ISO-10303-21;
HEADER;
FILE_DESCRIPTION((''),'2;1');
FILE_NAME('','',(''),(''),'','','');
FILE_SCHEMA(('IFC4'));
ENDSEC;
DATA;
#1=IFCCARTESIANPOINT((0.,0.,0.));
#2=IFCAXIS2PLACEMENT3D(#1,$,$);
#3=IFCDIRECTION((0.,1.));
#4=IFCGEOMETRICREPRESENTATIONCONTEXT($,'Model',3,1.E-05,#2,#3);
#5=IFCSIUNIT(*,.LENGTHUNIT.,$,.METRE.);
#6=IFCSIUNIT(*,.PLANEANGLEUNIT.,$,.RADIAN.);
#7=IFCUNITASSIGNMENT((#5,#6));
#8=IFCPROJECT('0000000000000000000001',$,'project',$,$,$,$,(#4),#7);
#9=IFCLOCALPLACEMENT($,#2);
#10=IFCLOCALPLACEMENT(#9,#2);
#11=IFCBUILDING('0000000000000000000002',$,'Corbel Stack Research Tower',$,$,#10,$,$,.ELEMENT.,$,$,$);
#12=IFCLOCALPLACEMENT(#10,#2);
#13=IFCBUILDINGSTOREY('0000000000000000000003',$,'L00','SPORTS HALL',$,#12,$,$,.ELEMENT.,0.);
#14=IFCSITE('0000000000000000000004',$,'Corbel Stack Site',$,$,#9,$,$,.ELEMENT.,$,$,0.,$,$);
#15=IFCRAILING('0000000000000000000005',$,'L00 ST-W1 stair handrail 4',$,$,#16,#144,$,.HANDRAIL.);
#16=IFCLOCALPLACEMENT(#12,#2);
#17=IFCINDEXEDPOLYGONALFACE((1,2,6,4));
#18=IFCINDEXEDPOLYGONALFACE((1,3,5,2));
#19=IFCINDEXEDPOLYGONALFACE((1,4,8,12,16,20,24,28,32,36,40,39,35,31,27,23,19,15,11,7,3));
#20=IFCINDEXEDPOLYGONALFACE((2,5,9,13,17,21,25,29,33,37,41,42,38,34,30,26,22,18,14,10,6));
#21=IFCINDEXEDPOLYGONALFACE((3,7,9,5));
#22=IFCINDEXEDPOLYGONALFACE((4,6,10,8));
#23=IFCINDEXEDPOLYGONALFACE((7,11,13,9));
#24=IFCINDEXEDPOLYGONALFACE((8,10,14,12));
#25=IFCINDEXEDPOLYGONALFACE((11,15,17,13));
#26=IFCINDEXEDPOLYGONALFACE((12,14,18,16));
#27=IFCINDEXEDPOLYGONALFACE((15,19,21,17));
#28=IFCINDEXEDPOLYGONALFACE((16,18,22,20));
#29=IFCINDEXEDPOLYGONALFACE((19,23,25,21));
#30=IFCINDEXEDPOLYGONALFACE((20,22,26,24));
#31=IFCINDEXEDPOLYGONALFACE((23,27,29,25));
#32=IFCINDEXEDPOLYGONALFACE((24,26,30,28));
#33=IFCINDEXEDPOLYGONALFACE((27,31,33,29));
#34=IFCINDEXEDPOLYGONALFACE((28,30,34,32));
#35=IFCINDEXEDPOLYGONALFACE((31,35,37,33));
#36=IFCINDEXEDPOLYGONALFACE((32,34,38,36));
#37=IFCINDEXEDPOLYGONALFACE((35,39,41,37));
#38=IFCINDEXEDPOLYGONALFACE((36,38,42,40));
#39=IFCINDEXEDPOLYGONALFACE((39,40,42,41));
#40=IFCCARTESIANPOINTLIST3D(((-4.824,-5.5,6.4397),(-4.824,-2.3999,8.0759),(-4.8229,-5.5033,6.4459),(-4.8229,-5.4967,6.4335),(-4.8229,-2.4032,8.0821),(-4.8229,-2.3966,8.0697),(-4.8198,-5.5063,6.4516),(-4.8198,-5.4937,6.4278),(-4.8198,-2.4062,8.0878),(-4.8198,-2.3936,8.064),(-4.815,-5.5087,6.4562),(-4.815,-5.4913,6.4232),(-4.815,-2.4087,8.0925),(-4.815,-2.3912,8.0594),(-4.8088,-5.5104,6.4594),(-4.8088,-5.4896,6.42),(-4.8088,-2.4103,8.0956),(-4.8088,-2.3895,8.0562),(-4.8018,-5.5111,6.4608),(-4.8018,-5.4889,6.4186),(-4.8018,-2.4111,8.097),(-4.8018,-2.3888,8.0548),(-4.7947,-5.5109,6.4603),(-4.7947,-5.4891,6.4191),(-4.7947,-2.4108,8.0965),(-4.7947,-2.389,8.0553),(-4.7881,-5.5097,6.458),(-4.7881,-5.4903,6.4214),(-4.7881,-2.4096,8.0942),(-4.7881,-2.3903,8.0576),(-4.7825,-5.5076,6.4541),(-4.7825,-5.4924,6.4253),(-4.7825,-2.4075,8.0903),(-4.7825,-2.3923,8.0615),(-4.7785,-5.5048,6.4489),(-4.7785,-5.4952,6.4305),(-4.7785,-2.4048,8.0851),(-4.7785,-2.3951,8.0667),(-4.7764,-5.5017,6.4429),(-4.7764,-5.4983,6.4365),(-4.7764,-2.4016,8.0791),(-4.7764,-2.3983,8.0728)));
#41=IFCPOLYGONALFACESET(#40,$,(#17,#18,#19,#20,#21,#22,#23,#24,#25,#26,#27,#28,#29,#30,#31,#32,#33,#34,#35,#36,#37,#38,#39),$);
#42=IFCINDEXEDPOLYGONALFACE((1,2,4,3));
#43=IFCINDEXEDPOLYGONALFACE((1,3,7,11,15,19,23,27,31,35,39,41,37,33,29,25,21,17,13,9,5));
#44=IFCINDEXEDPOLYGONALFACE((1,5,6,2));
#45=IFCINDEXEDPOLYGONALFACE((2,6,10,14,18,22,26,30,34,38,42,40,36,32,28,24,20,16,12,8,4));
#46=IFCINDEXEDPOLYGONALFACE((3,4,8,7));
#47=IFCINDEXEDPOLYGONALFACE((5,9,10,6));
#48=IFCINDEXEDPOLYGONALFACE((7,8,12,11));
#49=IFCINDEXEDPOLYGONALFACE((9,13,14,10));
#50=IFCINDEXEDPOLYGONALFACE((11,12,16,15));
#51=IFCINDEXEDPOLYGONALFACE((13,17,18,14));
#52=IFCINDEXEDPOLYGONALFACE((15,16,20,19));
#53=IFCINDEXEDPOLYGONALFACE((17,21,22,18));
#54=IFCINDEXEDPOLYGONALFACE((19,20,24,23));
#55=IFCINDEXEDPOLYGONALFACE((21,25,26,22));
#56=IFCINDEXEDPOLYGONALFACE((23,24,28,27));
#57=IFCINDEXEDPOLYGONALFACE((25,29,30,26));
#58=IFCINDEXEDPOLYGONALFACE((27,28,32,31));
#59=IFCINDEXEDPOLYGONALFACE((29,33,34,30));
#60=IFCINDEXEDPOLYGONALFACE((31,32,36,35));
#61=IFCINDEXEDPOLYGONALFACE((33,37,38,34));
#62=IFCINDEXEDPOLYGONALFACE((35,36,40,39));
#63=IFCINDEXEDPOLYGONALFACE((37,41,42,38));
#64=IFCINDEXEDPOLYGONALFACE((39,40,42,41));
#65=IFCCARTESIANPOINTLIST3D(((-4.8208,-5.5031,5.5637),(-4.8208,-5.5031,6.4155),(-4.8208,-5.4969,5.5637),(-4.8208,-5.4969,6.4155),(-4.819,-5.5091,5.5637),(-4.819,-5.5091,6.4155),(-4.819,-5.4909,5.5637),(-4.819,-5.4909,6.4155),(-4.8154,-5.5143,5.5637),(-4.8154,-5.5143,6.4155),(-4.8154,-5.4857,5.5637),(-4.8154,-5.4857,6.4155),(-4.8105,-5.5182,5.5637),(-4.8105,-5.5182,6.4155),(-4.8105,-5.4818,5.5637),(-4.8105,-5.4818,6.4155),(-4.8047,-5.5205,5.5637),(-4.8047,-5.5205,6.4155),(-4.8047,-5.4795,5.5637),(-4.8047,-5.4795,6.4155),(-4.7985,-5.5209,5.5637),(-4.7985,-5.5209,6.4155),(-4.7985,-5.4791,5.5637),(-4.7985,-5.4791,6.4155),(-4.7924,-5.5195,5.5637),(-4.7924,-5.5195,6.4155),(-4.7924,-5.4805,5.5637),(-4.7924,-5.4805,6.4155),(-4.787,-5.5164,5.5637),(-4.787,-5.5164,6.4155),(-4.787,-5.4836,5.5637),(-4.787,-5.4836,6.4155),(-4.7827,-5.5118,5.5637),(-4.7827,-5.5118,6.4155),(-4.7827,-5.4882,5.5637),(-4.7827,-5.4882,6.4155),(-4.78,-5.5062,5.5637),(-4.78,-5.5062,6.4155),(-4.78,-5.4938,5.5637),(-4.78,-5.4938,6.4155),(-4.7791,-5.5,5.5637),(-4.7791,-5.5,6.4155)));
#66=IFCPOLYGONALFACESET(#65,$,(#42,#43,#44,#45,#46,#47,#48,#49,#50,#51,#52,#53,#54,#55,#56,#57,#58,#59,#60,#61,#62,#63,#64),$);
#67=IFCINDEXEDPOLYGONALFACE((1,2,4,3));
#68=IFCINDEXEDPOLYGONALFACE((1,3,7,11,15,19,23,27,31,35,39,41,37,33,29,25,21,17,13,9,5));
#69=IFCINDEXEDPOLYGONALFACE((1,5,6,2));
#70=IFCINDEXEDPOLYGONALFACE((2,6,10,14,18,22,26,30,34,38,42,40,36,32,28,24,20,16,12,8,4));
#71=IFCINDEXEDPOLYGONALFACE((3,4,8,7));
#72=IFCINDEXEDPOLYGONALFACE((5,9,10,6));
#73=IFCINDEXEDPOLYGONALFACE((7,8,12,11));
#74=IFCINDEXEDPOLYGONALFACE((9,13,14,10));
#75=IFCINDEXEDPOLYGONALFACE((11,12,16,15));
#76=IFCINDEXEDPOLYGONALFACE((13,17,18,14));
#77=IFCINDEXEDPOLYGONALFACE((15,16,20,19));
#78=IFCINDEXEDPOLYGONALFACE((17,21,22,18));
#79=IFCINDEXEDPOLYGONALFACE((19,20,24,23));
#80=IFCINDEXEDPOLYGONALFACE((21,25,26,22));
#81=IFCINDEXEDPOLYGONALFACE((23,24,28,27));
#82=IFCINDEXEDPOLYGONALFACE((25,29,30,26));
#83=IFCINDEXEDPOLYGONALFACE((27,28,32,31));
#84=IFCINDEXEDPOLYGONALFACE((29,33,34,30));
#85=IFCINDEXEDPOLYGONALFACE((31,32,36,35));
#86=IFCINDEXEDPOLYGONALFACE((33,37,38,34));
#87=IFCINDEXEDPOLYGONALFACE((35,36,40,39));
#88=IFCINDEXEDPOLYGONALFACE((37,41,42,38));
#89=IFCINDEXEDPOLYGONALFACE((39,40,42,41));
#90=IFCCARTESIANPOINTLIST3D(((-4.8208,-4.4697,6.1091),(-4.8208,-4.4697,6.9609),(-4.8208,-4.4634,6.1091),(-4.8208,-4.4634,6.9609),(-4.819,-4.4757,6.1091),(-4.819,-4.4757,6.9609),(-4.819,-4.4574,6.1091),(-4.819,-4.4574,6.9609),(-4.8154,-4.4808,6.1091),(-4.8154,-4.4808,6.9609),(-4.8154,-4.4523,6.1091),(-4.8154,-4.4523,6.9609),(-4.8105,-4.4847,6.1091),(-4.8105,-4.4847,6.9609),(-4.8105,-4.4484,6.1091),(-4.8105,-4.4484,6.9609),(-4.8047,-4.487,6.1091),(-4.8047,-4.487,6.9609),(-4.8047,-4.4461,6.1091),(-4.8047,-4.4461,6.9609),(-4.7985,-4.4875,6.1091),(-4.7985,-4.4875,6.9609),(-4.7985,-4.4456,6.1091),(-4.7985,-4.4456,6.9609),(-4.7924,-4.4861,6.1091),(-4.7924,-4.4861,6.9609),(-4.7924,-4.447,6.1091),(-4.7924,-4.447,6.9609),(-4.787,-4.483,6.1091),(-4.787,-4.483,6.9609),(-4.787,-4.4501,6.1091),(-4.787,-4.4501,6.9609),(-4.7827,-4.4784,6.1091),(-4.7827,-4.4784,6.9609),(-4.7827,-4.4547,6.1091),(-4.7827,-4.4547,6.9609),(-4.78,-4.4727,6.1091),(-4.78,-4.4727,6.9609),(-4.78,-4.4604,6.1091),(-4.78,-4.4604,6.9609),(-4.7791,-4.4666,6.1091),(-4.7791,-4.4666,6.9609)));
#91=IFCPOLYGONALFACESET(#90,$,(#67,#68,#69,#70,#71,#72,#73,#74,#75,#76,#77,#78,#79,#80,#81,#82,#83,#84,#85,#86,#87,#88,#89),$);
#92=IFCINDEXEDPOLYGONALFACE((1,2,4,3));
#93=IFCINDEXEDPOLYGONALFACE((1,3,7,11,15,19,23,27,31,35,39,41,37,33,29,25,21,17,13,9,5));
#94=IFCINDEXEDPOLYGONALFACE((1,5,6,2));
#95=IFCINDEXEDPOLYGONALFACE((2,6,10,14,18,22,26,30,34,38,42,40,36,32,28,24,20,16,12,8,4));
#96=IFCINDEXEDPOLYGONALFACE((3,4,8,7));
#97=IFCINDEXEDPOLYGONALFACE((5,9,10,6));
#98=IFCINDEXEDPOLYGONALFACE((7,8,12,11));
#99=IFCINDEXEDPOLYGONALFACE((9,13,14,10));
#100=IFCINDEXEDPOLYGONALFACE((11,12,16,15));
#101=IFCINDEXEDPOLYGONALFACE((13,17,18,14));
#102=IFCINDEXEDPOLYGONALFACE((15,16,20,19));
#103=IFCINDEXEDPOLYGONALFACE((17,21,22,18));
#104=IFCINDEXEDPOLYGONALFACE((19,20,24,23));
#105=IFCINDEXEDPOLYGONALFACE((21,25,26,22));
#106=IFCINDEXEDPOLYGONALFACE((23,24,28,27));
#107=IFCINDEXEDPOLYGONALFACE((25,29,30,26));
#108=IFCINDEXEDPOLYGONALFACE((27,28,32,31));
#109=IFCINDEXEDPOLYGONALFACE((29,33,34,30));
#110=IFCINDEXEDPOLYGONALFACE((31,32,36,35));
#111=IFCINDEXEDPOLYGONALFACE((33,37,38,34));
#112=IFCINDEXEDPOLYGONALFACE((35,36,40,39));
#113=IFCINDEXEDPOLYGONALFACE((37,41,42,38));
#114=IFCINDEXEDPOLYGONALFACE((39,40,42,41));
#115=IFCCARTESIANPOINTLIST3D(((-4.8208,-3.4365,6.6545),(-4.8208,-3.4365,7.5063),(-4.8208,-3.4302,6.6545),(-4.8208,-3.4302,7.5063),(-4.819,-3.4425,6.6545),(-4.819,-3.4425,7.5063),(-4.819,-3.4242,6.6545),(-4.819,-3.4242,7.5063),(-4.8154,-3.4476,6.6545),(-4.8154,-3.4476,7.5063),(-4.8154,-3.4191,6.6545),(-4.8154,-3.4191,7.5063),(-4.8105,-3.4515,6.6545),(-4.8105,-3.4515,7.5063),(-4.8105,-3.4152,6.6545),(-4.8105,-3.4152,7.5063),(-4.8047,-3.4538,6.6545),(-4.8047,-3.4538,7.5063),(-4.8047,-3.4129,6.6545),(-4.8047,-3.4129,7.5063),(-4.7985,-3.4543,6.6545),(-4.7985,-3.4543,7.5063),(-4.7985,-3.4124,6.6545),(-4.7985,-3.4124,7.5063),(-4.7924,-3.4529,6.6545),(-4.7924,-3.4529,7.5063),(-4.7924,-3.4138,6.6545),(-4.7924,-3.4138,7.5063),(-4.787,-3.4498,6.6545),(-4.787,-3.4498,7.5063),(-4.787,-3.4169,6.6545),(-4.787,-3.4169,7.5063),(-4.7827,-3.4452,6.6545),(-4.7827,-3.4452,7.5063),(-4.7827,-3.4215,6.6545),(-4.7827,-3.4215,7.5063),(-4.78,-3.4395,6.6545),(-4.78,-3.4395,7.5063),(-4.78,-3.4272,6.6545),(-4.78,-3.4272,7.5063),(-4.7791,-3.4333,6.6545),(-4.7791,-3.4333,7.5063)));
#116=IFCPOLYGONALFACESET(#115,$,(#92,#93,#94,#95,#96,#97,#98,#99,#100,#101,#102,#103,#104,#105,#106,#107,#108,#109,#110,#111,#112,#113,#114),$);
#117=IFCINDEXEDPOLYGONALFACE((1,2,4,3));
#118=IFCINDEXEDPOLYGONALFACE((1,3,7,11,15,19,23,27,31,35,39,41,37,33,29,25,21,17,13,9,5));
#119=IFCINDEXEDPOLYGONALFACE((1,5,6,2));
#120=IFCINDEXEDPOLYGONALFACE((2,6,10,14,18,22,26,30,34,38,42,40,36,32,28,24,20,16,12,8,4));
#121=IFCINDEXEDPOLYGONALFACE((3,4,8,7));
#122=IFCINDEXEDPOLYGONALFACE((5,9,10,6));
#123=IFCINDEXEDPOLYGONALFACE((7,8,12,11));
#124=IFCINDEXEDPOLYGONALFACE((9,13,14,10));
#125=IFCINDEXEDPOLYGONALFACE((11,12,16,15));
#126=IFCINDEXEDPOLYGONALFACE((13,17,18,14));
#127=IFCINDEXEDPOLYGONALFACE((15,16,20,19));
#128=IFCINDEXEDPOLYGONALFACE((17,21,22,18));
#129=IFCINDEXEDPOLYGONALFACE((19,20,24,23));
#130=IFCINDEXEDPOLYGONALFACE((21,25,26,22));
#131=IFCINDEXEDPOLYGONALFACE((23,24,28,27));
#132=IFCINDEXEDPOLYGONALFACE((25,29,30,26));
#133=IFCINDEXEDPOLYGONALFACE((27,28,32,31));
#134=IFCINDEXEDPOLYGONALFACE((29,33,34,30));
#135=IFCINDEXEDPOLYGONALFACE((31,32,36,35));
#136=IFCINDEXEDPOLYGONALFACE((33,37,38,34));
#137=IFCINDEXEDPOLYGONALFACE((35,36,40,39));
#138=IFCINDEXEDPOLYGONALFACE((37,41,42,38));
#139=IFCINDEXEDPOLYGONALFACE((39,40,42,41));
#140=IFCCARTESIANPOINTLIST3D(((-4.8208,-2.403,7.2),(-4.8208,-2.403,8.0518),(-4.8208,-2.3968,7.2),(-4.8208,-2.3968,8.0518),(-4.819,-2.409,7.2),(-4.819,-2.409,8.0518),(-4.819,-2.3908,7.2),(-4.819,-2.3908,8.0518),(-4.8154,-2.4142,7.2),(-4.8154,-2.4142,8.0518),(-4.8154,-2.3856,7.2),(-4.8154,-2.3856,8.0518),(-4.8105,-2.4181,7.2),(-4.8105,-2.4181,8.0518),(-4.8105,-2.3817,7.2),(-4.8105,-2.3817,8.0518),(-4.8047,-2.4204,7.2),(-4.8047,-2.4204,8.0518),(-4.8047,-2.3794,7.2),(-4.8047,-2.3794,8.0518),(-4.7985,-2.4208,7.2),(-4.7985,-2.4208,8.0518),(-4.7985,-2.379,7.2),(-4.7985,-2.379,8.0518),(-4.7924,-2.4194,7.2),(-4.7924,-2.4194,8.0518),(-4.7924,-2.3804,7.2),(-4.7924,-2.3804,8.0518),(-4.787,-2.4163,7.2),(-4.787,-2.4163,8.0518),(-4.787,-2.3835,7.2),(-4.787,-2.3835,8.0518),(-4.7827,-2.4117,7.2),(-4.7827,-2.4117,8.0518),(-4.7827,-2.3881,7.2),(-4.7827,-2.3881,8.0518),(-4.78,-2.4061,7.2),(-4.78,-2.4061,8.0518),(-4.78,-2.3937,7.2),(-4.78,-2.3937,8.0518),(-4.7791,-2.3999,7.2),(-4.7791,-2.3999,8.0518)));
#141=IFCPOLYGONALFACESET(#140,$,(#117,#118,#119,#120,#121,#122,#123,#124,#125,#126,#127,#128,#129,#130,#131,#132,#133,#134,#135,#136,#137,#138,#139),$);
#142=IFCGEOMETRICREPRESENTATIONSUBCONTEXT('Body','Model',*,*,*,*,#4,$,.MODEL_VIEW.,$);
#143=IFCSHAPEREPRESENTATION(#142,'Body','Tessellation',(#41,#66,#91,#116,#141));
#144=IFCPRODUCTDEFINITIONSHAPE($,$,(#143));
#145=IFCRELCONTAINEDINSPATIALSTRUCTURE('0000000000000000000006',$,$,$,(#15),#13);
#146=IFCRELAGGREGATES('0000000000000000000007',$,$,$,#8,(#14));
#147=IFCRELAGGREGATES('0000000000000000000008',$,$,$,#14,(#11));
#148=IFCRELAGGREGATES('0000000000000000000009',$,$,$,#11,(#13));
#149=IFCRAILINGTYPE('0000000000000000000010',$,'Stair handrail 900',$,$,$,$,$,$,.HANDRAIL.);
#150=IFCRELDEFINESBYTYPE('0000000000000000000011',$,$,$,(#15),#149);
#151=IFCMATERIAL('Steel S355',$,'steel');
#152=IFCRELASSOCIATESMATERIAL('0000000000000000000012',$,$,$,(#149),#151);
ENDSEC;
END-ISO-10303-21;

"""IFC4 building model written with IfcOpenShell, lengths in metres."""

from ifc_helpers import new_model, si_unit, direction, frame, origin, origin_2d, place, context, subcontext, project, spatial, circle, extrude, material, type_object, element, save


model = new_model("IFC4")

# Units and contexts
model_context = context("Model", 3, precision=1e-05, world=origin(), true_north=direction((0.0, 1.0)))
body_context = subcontext(model_context, "Body", "Model", "MODEL_VIEW")
ifc_project = project(units=[si_unit("LENGTHUNIT", "METRE"), si_unit("PLANEANGLEUNIT", "RADIAN")], contexts=[model_context])

# Site, building, storey
site_placement = place(None, origin())
site = spatial("IfcSite", under=ifc_project, at=site_placement, Name="Corbel Stack Site", CompositionType="ELEMENT", RefElevation=0.0)
building_placement = place(site_placement, origin())
building = spatial("IfcBuilding", under=site, at=building_placement, Name="Corbel Stack Research Tower", CompositionType="ELEMENT")
storey_placement = place(building_placement, origin())
storey = spatial("IfcBuildingStorey", under=building, at=storey_placement, Name="L00", Description="SPORTS HALL", CompositionType="ELEMENT", Elevation=0.0)

# Railing
ifc_material_1 = material(Name="Steel S355", Category="steel")
railing_type = type_object("IfcRailingType", Name="Stair handrail 900", PredefinedType="HANDRAIL", material=ifc_material_1)
railing_1_placement = place(storey_placement, frame((-4.8, -5.5, 5.5637)))
element("IfcRailing", 1, at=railing_1_placement, inside=storey, type_object=railing_type, Name="L00 ST-W1 stair handrail 4", PredefinedType="HANDRAIL", context=body_context, shape_type="SweptSolid", body=[
    extrude(circle(Radius=0.0239, at=origin_2d()), frame((0.0, 0.0, 0.876), z_axis=(0.0, 0.884377, 0.466774), x_axis=(-1.0, 0.0, 0.0)), (0.0, 0.0, 1.0), 3.5054),
    extrude(circle(Radius=0.021, at=origin_2d()), origin(), (0.0, 0.0, 1.0), 0.8518),
    extrude(circle(Radius=0.021, at=origin_2d()), frame((0.0, 1.0334, 0.5454)), (0.0, 0.0, 1.0), 0.8518),
    extrude(circle(Radius=0.021, at=origin_2d()), frame((0.0, 2.0667, 1.0908)), (0.0, 0.0, 1.0), 0.8518),
    extrude(circle(Radius=0.021, at=origin_2d()), frame((0.0, 3.1001, 1.6362)), (0.0, 0.0, 1.0), 0.8518),
])

save(model, "model.ifc")
